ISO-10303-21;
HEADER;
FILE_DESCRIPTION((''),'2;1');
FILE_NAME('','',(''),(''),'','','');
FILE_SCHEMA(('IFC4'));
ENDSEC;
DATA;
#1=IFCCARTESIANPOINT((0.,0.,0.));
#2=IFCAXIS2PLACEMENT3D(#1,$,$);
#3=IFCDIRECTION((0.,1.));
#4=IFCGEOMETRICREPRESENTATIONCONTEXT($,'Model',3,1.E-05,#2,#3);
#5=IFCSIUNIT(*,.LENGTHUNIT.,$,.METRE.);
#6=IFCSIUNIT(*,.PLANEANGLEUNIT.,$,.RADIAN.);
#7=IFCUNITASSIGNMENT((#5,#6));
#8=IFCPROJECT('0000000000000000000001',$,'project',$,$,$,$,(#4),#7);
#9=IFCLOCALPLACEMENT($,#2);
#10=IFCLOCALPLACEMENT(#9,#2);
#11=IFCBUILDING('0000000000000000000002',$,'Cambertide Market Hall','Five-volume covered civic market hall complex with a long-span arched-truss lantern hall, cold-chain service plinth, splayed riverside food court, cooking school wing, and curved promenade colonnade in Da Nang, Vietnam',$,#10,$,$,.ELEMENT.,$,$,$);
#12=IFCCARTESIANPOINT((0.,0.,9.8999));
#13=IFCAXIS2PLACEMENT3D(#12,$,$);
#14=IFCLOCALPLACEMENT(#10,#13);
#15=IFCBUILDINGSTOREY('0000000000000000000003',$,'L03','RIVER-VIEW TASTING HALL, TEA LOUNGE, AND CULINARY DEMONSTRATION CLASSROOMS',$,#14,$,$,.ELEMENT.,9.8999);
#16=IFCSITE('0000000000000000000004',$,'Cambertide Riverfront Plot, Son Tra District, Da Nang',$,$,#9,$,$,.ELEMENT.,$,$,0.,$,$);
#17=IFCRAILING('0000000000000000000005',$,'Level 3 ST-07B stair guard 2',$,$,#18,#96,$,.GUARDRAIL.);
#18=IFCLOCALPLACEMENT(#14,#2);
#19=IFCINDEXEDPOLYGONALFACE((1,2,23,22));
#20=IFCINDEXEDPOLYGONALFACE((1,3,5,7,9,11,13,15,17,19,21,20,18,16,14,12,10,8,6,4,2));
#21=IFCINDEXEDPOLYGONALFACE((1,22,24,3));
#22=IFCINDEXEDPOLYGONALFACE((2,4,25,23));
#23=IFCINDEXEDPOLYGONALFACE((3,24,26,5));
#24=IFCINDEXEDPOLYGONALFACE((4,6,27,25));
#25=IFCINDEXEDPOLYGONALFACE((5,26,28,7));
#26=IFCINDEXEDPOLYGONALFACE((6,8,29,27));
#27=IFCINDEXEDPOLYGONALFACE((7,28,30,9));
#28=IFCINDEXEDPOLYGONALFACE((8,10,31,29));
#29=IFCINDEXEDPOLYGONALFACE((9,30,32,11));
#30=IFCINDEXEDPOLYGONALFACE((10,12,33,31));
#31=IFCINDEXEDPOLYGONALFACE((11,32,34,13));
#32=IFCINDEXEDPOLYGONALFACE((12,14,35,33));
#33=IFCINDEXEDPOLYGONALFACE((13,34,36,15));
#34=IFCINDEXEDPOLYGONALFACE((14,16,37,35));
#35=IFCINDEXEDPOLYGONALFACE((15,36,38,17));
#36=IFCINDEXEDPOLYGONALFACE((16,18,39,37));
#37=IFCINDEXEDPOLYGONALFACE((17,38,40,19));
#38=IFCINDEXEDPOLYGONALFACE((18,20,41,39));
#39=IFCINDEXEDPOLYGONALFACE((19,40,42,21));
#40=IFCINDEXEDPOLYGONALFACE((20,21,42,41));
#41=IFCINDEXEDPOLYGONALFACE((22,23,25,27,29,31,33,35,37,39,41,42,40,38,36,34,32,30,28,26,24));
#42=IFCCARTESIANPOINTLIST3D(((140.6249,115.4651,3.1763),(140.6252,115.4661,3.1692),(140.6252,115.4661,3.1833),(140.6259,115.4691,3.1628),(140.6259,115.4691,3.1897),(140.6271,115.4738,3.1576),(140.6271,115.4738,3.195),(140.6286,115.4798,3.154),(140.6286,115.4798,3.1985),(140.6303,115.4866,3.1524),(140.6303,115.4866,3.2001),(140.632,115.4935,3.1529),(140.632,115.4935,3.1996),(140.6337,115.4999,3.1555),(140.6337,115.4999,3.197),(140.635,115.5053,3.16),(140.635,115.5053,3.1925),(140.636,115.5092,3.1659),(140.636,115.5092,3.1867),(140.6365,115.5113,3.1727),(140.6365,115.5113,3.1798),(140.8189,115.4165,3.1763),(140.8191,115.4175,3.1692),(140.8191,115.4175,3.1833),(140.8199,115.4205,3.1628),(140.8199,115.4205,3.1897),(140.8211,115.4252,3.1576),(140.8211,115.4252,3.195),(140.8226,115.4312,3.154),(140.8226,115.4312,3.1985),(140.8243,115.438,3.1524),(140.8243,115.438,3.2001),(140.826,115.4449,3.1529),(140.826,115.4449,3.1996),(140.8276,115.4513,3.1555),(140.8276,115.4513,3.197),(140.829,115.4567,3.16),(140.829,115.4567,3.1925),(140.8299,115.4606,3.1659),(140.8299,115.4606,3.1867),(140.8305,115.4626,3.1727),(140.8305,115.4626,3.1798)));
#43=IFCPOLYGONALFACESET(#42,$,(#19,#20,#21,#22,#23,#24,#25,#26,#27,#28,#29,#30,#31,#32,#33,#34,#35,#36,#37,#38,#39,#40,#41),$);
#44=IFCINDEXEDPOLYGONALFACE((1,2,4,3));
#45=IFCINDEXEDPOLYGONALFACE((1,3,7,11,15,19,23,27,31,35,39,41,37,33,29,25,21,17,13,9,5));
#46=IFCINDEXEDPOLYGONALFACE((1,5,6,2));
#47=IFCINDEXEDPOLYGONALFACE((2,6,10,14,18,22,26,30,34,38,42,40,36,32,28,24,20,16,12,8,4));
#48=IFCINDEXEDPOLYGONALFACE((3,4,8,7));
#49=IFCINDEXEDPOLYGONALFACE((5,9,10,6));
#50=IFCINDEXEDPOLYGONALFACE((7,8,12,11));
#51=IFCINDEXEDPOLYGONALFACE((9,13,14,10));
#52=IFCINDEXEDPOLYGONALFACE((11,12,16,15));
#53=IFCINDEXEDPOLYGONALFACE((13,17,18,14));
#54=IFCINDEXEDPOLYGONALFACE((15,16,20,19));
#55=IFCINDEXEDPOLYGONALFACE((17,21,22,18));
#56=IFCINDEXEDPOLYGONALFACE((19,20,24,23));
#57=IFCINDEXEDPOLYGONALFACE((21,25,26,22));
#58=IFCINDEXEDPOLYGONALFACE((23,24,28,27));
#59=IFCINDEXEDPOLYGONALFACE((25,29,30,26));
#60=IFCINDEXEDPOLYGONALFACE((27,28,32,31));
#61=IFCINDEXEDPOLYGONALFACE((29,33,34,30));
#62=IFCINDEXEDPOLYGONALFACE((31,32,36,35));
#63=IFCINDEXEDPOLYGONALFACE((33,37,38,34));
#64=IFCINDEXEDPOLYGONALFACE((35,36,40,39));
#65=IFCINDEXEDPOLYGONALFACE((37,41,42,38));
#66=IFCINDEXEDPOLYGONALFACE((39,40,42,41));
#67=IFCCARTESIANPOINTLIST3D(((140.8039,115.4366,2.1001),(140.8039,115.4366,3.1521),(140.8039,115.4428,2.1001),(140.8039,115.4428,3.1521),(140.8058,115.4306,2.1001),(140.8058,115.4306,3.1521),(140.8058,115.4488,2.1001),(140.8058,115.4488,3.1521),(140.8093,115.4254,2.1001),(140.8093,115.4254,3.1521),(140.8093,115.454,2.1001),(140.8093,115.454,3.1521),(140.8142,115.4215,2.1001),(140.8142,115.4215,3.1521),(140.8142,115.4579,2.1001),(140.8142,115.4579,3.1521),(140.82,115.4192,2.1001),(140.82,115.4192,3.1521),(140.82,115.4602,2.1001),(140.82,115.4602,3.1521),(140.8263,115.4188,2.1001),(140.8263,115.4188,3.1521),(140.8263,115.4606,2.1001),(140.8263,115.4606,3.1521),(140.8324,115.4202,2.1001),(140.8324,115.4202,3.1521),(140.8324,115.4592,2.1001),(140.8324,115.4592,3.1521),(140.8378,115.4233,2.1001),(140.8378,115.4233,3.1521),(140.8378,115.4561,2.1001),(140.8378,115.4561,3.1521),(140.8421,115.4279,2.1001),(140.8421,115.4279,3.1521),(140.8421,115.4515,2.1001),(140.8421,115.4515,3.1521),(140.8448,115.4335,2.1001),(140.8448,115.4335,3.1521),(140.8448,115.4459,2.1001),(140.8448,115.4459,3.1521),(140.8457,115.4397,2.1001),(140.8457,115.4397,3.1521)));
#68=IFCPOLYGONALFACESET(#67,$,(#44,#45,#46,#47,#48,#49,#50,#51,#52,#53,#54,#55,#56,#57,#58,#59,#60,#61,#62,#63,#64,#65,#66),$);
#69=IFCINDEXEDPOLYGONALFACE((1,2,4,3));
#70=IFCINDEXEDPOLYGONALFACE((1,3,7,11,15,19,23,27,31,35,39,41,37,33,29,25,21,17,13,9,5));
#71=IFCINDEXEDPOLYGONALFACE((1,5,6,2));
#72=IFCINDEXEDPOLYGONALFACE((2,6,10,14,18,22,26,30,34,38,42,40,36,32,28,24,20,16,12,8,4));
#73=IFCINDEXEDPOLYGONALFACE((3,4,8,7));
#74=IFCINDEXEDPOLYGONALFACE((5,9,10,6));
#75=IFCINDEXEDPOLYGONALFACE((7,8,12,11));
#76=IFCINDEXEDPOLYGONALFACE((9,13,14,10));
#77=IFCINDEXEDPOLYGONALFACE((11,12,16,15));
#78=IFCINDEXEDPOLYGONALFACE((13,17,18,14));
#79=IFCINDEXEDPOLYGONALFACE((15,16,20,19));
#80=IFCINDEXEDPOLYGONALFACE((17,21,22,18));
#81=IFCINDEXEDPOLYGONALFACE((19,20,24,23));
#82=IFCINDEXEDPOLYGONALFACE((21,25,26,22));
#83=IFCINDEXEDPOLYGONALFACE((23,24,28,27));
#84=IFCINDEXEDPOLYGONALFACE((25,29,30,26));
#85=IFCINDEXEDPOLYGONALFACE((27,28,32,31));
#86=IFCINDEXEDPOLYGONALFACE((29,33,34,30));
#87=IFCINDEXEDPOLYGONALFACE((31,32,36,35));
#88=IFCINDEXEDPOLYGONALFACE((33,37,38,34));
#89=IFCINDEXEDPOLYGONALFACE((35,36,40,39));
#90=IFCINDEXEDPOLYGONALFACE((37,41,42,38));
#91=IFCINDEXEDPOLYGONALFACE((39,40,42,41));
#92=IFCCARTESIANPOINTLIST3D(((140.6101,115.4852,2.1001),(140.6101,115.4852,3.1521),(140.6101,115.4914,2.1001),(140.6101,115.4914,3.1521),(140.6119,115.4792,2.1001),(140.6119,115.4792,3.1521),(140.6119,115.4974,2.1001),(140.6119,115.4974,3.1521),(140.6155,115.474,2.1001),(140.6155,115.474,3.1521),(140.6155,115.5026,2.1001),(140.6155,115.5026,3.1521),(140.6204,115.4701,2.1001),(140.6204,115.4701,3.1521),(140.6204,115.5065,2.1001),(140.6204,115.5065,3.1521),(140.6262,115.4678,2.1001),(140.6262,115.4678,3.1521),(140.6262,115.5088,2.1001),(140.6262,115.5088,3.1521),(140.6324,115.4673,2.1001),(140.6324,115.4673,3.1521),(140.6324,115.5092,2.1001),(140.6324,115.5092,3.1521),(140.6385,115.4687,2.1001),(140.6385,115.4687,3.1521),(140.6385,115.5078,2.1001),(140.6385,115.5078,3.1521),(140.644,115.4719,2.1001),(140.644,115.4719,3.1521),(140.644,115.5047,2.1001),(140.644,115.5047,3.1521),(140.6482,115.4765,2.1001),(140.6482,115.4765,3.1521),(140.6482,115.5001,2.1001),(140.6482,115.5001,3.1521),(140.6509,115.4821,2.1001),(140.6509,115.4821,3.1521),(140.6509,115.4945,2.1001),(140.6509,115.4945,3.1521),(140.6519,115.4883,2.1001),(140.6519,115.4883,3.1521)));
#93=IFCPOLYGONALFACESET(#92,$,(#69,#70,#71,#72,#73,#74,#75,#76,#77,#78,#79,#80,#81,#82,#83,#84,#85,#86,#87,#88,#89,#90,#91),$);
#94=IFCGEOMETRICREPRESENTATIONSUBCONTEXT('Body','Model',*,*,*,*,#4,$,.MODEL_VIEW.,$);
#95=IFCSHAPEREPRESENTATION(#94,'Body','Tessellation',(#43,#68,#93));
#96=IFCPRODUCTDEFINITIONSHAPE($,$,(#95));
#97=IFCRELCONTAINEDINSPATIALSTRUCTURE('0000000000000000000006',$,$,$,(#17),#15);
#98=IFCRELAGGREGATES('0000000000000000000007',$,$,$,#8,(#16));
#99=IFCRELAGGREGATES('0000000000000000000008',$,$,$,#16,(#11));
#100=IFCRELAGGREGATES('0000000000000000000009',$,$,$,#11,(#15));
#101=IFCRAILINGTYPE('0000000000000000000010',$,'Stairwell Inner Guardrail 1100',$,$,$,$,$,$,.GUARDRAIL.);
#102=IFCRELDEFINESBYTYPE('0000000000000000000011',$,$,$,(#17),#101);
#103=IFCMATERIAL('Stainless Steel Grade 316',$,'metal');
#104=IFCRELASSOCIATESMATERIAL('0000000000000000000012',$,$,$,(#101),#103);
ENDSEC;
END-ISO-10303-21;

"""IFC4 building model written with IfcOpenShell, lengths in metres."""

from ifc_helpers import new_model, si_unit, direction, frame, origin, origin_2d, place, context, subcontext, project, spatial, circle, extrude, material, type_object, element, save


model = new_model("IFC4")

# Units and contexts
model_context = context("Model", 3, precision=1e-05, world=origin(), true_north=direction((0.0, 1.0)))
body_context = subcontext(model_context, "Body", "Model", "MODEL_VIEW")
ifc_project = project(units=[si_unit("LENGTHUNIT", "METRE"), si_unit("PLANEANGLEUNIT", "RADIAN")], contexts=[model_context])

# Site, building, storey
site_placement = place(None, origin())
site = spatial("IfcSite", under=ifc_project, at=site_placement, Name="Cambertide Riverfront Plot, Son Tra District, Da Nang", CompositionType="ELEMENT", RefElevation=0.0)
building_placement = place(site_placement, origin())
building = spatial("IfcBuilding", under=site, at=building_placement, Name="Cambertide Market Hall", Description="Five-volume covered civic market hall complex with a long-span arched-truss lantern hall, cold-chain service plinth, splayed riverside food court, cooking school wing, and curved promenade colonnade in Da Nang, Vietnam", CompositionType="ELEMENT")
storey_placement = place(building_placement, frame((0.0, 0.0, 9.8999)))
storey = spatial("IfcBuildingStorey", under=building, at=storey_placement, Name="L03", Description="RIVER-VIEW TASTING HALL, TEA LOUNGE, AND CULINARY DEMONSTRATION CLASSROOMS", CompositionType="ELEMENT", Elevation=9.8999)

# Railing
ifc_material_1 = material(Name="Stainless Steel Grade 316", Category="metal")
railing_type_1 = type_object("IfcRailingType", Name="Stairwell Inner Guardrail 1100", PredefinedType="GUARDRAIL", material=ifc_material_1)
railing_1_placement = place(storey_placement, frame((140.8247, 115.4397, 2.1001)))
element("IfcRailing", 1, at=railing_1_placement, inside=storey, type_object=railing_type_1, Name="Level 3 ST-07B stair guard 2", PredefinedType="GUARDRAIL", context=body_context, shape_type="SweptSolid", body=[
    extrude(circle(Radius=0.0239, at=origin_2d()), frame((0.0, 0.0, 1.0762), z_axis=(-0.969999, 0.24311, 0.0), x_axis=(-0.24311, -0.969999, 0.0)), (0.0, 0.0, 1.0), 0.2),
    extrude(circle(Radius=0.021, at=origin_2d()), origin(), (0.0, 0.0, 1.0), 1.052),
    extrude(circle(Radius=0.021, at=origin_2d()), frame((-0.1938, 0.0486, 0.0)), (0.0, 0.0, 1.0), 1.052),
])

save(model, "model.ifc")
